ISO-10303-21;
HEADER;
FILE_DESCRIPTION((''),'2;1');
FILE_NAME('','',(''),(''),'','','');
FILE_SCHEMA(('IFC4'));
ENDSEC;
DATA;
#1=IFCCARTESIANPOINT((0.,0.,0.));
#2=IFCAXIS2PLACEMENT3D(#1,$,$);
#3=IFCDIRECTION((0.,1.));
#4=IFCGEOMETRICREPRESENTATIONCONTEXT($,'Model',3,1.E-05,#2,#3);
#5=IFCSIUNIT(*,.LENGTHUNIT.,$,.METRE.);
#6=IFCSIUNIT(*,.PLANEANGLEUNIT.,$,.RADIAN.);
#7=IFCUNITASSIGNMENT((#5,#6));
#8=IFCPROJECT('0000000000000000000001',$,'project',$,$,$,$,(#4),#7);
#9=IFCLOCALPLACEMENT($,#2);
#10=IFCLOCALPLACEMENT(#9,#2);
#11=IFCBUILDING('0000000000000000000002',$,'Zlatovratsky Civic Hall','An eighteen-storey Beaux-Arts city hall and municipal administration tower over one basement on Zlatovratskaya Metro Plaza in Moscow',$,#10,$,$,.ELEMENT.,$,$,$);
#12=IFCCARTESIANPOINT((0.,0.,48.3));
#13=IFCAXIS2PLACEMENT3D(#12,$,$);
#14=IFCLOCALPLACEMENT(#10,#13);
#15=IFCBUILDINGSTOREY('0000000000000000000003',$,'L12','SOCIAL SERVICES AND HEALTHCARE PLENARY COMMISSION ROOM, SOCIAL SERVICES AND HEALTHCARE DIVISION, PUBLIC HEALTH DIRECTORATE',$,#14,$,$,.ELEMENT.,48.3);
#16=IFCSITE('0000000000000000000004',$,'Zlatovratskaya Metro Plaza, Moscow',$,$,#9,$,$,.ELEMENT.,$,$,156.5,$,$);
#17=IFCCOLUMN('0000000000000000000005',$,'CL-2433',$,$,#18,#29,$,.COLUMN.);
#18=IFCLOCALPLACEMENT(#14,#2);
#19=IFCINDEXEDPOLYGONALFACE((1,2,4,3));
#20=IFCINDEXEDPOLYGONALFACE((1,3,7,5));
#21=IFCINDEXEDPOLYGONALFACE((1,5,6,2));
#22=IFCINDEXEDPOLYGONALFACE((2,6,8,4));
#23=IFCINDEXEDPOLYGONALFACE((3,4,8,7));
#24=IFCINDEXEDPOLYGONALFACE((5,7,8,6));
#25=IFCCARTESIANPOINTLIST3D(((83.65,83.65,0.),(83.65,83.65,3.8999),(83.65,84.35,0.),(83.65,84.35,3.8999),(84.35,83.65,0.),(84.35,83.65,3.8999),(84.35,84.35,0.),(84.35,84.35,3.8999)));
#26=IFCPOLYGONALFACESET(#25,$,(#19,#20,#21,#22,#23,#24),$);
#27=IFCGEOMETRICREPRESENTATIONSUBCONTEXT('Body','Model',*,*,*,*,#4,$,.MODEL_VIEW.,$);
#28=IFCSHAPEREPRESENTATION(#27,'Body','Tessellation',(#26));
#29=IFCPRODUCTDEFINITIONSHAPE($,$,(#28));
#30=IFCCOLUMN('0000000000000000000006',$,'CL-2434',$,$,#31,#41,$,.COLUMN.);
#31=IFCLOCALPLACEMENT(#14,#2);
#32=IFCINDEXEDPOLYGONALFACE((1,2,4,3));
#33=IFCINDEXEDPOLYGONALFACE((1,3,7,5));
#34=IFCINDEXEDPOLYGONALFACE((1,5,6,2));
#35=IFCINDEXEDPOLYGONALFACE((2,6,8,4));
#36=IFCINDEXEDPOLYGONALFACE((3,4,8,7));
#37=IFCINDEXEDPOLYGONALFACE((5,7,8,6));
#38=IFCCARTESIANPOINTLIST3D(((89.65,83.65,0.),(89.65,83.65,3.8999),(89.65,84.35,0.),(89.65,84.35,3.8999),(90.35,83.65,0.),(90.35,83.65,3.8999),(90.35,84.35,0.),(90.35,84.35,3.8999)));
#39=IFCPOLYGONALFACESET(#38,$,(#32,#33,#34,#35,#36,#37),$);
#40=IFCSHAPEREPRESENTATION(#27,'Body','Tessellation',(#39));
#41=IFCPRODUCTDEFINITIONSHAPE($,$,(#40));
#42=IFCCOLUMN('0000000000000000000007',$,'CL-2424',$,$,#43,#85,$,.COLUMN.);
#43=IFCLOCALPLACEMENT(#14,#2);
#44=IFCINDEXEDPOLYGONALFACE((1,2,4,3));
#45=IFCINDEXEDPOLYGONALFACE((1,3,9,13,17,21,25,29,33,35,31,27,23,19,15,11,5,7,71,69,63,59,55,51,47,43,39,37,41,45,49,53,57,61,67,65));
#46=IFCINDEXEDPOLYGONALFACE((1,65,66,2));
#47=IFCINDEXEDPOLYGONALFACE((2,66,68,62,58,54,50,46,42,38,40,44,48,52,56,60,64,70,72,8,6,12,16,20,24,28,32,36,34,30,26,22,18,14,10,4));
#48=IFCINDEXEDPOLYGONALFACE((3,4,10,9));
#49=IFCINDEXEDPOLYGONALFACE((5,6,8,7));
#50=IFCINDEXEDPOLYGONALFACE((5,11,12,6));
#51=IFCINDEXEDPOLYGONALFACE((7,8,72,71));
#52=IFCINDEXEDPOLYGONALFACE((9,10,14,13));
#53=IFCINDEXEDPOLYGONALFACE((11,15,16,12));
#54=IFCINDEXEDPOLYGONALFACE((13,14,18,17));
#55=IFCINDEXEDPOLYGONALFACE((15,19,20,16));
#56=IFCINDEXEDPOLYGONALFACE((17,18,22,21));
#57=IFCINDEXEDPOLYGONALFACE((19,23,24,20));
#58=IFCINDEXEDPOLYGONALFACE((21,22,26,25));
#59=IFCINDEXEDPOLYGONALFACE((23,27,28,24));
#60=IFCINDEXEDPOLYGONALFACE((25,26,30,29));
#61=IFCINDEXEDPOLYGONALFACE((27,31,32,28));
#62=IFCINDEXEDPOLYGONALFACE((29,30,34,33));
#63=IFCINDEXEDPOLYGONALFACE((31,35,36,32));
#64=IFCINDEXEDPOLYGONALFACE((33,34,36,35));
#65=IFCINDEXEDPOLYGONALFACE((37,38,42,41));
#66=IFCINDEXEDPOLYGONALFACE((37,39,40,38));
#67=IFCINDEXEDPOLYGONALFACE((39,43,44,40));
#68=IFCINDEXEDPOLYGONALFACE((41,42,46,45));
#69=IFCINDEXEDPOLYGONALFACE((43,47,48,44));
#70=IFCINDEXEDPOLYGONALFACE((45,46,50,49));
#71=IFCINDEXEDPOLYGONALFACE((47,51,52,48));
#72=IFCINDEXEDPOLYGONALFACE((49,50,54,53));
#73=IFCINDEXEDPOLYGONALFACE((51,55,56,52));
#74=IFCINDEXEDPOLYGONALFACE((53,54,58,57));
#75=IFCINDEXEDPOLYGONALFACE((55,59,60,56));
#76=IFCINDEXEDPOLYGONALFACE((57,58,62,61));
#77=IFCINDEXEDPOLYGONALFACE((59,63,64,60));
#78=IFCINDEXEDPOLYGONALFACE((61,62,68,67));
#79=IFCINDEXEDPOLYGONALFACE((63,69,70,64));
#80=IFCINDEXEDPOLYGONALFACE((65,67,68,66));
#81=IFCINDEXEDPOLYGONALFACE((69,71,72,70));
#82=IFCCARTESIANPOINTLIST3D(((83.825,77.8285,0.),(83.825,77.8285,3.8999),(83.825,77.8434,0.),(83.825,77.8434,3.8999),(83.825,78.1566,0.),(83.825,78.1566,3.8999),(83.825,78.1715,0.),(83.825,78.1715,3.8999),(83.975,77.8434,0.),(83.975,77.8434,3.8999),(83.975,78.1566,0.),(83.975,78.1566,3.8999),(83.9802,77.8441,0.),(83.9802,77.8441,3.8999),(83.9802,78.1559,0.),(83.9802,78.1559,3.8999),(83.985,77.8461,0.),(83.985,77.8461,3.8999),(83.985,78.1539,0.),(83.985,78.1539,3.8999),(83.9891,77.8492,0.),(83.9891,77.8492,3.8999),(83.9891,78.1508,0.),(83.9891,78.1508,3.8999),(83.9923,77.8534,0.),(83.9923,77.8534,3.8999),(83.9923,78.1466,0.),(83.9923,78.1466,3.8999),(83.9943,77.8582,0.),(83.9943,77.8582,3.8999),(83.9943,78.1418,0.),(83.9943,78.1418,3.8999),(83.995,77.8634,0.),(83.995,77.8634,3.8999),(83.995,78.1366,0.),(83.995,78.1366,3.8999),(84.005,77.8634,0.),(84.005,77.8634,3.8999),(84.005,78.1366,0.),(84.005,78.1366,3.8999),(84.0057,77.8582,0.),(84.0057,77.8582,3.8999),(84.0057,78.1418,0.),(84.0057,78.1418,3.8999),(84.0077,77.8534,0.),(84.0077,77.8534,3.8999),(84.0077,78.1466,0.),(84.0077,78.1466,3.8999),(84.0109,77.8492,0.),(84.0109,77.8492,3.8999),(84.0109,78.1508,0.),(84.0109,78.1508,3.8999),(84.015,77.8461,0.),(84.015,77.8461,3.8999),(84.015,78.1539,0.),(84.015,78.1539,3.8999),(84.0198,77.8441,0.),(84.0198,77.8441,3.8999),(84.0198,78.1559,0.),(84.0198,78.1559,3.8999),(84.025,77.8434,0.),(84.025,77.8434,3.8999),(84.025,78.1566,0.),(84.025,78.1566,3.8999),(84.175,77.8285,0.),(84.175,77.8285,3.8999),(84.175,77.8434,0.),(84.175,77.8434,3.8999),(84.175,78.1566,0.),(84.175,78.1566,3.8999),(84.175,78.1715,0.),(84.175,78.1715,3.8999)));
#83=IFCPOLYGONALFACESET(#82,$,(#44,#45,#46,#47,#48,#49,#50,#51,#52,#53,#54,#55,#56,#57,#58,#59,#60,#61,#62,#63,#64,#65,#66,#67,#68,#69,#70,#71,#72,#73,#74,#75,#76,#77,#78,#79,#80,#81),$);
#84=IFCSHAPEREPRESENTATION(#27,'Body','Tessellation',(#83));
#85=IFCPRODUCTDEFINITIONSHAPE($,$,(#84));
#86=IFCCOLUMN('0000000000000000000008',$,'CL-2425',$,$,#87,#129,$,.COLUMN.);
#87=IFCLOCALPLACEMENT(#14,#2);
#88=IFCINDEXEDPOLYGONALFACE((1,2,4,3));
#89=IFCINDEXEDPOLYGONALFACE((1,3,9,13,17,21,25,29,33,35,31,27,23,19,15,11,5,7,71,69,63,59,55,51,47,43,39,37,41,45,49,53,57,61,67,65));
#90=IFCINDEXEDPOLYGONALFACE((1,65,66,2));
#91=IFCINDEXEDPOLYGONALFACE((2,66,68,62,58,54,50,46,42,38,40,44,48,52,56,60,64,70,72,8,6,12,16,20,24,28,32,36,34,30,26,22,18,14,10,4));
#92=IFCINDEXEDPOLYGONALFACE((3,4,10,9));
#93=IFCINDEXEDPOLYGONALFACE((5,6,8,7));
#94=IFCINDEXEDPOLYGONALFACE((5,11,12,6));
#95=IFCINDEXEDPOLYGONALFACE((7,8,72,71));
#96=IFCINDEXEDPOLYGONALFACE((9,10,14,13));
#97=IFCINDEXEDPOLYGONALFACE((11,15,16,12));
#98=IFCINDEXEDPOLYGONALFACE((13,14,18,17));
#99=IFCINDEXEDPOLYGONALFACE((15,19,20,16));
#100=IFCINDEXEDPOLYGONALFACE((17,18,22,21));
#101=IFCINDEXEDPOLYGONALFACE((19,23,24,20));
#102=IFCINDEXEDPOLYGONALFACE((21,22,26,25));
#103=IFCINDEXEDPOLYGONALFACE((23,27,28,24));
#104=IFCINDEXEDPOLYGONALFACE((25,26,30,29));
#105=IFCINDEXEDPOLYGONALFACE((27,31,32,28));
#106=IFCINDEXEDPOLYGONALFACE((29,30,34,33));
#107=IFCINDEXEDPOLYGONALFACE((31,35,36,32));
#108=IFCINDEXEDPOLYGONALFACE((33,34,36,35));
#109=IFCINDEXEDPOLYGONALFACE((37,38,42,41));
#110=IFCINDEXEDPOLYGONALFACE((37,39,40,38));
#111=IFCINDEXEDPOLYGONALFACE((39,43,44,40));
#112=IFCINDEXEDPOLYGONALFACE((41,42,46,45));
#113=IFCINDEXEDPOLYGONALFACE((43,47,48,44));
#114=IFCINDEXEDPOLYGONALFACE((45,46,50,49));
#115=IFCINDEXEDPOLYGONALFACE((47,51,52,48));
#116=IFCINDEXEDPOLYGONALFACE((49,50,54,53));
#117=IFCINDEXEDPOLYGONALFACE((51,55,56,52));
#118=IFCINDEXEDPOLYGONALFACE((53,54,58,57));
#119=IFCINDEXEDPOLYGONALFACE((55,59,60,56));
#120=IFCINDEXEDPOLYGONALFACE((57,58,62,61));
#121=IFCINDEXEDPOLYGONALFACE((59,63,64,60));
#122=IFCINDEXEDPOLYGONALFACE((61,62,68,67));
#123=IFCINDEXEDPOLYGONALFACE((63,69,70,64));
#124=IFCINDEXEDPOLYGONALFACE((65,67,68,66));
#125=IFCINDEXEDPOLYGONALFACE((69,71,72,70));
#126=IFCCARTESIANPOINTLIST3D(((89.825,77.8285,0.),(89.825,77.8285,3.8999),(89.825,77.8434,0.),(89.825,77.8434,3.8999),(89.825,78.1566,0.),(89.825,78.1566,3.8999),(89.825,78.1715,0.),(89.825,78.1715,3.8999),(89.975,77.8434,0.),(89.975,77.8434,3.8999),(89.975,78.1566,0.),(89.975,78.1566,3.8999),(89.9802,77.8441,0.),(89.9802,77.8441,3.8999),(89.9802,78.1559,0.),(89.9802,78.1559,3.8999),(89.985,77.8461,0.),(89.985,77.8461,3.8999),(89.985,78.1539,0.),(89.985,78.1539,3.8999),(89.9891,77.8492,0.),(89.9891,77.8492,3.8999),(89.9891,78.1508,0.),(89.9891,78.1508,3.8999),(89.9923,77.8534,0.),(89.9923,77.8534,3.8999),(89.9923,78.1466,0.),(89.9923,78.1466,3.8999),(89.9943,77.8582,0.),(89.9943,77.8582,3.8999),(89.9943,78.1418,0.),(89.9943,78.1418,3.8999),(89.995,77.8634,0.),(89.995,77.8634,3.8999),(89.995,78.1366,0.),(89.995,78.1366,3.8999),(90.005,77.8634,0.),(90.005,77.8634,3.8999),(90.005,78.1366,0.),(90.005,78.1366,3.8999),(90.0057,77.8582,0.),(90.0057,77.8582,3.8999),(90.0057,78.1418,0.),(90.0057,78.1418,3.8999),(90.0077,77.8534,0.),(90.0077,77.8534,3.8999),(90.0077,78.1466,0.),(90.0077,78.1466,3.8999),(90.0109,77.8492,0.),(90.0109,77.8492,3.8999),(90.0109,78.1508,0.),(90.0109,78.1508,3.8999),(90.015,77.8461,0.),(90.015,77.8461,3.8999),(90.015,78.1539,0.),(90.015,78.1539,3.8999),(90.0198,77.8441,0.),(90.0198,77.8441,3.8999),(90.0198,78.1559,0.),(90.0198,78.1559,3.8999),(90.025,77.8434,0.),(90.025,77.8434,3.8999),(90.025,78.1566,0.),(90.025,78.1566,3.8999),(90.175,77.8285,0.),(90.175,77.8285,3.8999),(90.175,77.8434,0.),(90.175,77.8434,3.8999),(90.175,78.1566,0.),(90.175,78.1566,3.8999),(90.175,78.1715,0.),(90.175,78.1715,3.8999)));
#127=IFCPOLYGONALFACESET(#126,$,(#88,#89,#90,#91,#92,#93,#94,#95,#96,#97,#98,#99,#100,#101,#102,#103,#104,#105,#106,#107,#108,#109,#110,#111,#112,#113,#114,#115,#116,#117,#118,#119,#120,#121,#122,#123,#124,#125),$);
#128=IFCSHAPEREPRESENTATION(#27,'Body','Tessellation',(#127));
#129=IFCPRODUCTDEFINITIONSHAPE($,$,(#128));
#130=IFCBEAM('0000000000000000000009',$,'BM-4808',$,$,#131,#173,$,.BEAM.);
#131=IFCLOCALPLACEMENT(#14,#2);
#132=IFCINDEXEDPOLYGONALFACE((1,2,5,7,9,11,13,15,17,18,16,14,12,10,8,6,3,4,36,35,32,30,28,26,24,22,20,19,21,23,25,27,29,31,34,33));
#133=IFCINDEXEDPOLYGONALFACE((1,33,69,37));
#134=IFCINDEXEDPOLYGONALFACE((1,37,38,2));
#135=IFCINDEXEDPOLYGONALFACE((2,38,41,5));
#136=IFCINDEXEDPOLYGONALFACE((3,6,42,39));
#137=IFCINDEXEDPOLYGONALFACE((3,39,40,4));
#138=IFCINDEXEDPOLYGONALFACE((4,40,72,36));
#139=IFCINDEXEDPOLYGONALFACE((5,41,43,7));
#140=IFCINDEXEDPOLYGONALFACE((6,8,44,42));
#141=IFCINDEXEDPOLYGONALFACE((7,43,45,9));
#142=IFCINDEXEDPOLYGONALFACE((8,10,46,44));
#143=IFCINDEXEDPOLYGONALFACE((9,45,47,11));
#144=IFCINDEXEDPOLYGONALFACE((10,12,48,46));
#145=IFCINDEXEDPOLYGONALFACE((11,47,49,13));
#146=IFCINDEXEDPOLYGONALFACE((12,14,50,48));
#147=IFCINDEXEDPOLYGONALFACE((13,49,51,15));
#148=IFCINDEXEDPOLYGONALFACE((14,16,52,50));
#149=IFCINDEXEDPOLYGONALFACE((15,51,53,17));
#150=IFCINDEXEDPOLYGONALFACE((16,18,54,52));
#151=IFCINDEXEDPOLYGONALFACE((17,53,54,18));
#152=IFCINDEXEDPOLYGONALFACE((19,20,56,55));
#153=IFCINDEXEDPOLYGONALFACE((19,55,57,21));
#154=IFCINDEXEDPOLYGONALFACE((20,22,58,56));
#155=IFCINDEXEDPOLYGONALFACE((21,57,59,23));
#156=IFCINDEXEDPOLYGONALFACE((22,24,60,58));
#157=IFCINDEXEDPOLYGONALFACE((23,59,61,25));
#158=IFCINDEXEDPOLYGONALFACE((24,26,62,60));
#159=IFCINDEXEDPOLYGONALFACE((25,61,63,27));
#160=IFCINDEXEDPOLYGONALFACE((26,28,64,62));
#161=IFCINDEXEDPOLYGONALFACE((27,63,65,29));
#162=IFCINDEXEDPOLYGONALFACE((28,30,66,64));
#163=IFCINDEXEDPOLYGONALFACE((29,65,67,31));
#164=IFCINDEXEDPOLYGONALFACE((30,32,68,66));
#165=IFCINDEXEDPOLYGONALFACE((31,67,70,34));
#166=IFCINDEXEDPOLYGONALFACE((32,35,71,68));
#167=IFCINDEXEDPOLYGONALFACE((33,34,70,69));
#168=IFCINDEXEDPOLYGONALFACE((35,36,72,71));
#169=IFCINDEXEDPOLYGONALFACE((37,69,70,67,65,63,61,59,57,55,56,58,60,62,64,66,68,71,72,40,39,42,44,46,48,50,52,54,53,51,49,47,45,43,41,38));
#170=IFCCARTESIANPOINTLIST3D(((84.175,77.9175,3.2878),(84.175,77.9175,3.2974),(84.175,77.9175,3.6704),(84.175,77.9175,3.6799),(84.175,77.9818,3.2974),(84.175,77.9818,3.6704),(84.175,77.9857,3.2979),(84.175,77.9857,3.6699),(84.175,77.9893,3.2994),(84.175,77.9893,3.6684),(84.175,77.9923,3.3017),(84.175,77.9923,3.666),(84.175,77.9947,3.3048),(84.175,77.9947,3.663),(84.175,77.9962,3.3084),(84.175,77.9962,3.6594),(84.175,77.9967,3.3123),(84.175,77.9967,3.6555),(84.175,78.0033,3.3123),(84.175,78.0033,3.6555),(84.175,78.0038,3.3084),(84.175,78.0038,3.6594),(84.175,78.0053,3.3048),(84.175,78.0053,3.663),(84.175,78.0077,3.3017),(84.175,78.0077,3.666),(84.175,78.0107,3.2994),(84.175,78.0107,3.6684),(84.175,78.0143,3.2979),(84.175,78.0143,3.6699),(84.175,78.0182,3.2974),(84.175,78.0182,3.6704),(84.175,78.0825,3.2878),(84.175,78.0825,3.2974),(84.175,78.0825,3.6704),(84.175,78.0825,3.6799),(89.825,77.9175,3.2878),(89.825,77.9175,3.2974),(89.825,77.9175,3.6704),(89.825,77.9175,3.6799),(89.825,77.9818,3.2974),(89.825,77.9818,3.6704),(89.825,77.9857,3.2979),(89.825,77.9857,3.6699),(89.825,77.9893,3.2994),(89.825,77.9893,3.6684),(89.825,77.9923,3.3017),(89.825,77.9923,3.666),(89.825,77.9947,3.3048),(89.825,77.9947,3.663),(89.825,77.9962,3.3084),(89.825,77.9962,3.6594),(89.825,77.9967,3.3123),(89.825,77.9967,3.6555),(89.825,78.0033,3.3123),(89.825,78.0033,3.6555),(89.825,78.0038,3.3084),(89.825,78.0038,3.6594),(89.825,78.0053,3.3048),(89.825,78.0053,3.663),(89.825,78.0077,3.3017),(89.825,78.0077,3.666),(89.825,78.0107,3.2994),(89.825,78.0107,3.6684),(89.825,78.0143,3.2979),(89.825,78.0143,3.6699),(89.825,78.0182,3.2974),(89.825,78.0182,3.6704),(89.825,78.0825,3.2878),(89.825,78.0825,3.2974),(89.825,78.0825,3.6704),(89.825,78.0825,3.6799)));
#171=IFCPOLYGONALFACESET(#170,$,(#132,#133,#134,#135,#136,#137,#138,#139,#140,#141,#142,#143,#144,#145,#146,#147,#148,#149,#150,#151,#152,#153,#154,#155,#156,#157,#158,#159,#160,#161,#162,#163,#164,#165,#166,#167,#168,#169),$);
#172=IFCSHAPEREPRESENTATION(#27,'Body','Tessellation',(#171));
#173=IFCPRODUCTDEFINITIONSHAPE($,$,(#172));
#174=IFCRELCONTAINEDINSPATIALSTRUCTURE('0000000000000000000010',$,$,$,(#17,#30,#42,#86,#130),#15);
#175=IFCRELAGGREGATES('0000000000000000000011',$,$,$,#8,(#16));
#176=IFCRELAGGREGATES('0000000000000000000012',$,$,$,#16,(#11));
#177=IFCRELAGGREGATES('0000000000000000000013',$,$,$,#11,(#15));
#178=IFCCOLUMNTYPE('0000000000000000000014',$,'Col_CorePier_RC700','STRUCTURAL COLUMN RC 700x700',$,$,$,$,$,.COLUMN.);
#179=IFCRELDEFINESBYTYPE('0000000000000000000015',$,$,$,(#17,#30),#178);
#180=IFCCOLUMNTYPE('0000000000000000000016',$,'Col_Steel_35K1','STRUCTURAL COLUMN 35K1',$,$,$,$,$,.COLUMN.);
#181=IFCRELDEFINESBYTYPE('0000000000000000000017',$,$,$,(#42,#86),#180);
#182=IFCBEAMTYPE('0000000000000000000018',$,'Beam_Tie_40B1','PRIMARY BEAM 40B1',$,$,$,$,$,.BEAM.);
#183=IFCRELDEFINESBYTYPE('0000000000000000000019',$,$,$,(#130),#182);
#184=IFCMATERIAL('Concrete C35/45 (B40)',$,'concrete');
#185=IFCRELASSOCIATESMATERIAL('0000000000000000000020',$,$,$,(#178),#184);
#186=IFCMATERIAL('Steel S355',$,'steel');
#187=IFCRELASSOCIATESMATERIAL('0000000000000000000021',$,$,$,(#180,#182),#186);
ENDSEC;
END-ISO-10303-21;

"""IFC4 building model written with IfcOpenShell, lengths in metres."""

from ifc_helpers import new_model, si_unit, direction, frame, origin, origin_2d, place, context, subcontext, project, spatial, rectangle, i_section, extrude, material, material_profile, profile_set, type_object, element, save


model = new_model("IFC4")

# Units and contexts
model_context = context("Model", 3, precision=1e-05, world=origin(), true_north=direction((0.0, 1.0)))
body_context = subcontext(model_context, "Body", "Model", "MODEL_VIEW")
ifc_project = project(units=[si_unit("LENGTHUNIT", "METRE"), si_unit("PLANEANGLEUNIT", "RADIAN")], contexts=[model_context])

# Site, building, storey
site_placement = place(None, origin())
site = spatial("IfcSite", under=ifc_project, at=site_placement, Name="Zlatovratskaya Metro Plaza, Moscow", CompositionType="ELEMENT", RefElevation=156.5)
building_placement = place(site_placement, origin())
building = spatial("IfcBuilding", under=site, at=building_placement, Name="Zlatovratsky Civic Hall", Description="An eighteen-storey Beaux-Arts city hall and municipal administration tower over one basement on Zlatovratskaya Metro Plaza in Moscow", CompositionType="ELEMENT")
storey_placement = place(building_placement, frame((0.0, 0.0, 48.3)))
storey = spatial("IfcBuildingStorey", under=building, at=storey_placement, Name="L12", Description="SOCIAL SERVICES AND HEALTHCARE PLENARY COMMISSION ROOM, SOCIAL SERVICES AND HEALTHCARE DIVISION, PUBLIC HEALTH DIRECTORATE", CompositionType="ELEMENT", Elevation=48.3)

# Columns
ifc_material_1 = material(Name="Concrete C35/45 (B40)", Category="concrete")
ifc_material_profile_1 = material_profile(ifc_material_1, rectangle(XDim=0.7, YDim=0.7, at=origin_2d()), Name="RC 700x700")
ifc_profile_set_1 = profile_set([ifc_material_profile_1], Name="Concrete C35/45 (B40)")
column_type_1 = type_object("IfcColumnType", Name="Col_CorePier_RC700", Description="STRUCTURAL COLUMN RC 700x700", PredefinedType="COLUMN", material=ifc_profile_set_1)
for number, where, z_axis, x_axis, name in (
    (1, (84.0, 84.0, 0.0), (0.0, 0.0, 1.0), (1.0, 0.0, 0.0), "CL-2433"),
    (2, (90.0, 84.0, 0.0), (0.0, 0.0, 1.0), (1.0, 0.0, 0.0), "CL-2434"),
):
    element("IfcColumn", number, at=place(storey_placement, frame(where, z_axis=z_axis, x_axis=x_axis)), inside=storey, type_object=column_type_1, Name=name, PredefinedType="COLUMN", context=body_context, shape_type="SweptSolid", body=[
        extrude(rectangle(XDim=0.7, YDim=0.7, at=origin_2d()), origin(), (0.0, 0.0, 1.0), 3.8999),
    ])
ifc_material_2 = material(Name="Steel S355", Category="steel")
ifc_material_profile_2 = material_profile(ifc_material_2, i_section(OverallWidth=0.3501, OverallDepth=0.343, WebThickness=0.01, FlangeThickness=0.0149, FilletRadius=0.02, at=origin_2d()), Name="35K1")
ifc_profile_set_2 = profile_set([ifc_material_profile_2], Name="Steel S355")
column_type_2 = type_object("IfcColumnType", Name="Col_Steel_35K1", Description="STRUCTURAL COLUMN 35K1", PredefinedType="COLUMN", material=ifc_profile_set_2)
for number, where, z_axis, x_axis, name in (
    (3, (84.0, 78.0, 0.0), (0.0, 0.0, 1.0), (1.0, 0.0, 0.0), "CL-2424"),
    (4, (90.0, 78.0, 0.0), (0.0, 0.0, 1.0), (1.0, 0.0, 0.0), "CL-2425"),
):
    element("IfcColumn", number, at=place(storey_placement, frame(where, z_axis=z_axis, x_axis=x_axis)), inside=storey, type_object=column_type_2, Name=name, PredefinedType="COLUMN", context=body_context, shape_type="SweptSolid", body=[
        extrude(i_section(OverallWidth=0.3501, OverallDepth=0.343, WebThickness=0.01, FlangeThickness=0.0149, FilletRadius=0.02, at=origin_2d()), origin(), (0.0, 0.0, 1.0), 3.8999),
    ])

# Beam
ifc_material_profile_3 = material_profile(ifc_material_2, i_section(OverallWidth=0.165, OverallDepth=0.3921, WebThickness=0.0066, FlangeThickness=0.0095, FilletRadius=0.0149, at=origin_2d()), Name="40B1")
ifc_profile_set_3 = profile_set([ifc_material_profile_3], Name="Steel S355")
beam_type = type_object("IfcBeamType", Name="Beam_Tie_40B1", Description="PRIMARY BEAM 40B1", PredefinedType="BEAM", material=ifc_profile_set_3)
for number, where, z_axis, x_axis, name in (
    (5, (84.175, 78.0, 3.4839), (1.0, 0.0, 0.0), (0.0, 1.0, 0.0), "BM-4808"),
):
    element("IfcBeam", number, at=place(storey_placement, frame(where, z_axis=z_axis, x_axis=x_axis)), inside=storey, type_object=beam_type, Name=name, PredefinedType="BEAM", context=body_context, shape_type="SweptSolid", body=[
        extrude(i_section(OverallWidth=0.165, OverallDepth=0.3921, WebThickness=0.0066, FlangeThickness=0.0095, FilletRadius=0.0149, at=origin_2d()), origin(), (0.0, 0.0, 1.0), 5.6499),
    ])

save(model, "model.ifc")
